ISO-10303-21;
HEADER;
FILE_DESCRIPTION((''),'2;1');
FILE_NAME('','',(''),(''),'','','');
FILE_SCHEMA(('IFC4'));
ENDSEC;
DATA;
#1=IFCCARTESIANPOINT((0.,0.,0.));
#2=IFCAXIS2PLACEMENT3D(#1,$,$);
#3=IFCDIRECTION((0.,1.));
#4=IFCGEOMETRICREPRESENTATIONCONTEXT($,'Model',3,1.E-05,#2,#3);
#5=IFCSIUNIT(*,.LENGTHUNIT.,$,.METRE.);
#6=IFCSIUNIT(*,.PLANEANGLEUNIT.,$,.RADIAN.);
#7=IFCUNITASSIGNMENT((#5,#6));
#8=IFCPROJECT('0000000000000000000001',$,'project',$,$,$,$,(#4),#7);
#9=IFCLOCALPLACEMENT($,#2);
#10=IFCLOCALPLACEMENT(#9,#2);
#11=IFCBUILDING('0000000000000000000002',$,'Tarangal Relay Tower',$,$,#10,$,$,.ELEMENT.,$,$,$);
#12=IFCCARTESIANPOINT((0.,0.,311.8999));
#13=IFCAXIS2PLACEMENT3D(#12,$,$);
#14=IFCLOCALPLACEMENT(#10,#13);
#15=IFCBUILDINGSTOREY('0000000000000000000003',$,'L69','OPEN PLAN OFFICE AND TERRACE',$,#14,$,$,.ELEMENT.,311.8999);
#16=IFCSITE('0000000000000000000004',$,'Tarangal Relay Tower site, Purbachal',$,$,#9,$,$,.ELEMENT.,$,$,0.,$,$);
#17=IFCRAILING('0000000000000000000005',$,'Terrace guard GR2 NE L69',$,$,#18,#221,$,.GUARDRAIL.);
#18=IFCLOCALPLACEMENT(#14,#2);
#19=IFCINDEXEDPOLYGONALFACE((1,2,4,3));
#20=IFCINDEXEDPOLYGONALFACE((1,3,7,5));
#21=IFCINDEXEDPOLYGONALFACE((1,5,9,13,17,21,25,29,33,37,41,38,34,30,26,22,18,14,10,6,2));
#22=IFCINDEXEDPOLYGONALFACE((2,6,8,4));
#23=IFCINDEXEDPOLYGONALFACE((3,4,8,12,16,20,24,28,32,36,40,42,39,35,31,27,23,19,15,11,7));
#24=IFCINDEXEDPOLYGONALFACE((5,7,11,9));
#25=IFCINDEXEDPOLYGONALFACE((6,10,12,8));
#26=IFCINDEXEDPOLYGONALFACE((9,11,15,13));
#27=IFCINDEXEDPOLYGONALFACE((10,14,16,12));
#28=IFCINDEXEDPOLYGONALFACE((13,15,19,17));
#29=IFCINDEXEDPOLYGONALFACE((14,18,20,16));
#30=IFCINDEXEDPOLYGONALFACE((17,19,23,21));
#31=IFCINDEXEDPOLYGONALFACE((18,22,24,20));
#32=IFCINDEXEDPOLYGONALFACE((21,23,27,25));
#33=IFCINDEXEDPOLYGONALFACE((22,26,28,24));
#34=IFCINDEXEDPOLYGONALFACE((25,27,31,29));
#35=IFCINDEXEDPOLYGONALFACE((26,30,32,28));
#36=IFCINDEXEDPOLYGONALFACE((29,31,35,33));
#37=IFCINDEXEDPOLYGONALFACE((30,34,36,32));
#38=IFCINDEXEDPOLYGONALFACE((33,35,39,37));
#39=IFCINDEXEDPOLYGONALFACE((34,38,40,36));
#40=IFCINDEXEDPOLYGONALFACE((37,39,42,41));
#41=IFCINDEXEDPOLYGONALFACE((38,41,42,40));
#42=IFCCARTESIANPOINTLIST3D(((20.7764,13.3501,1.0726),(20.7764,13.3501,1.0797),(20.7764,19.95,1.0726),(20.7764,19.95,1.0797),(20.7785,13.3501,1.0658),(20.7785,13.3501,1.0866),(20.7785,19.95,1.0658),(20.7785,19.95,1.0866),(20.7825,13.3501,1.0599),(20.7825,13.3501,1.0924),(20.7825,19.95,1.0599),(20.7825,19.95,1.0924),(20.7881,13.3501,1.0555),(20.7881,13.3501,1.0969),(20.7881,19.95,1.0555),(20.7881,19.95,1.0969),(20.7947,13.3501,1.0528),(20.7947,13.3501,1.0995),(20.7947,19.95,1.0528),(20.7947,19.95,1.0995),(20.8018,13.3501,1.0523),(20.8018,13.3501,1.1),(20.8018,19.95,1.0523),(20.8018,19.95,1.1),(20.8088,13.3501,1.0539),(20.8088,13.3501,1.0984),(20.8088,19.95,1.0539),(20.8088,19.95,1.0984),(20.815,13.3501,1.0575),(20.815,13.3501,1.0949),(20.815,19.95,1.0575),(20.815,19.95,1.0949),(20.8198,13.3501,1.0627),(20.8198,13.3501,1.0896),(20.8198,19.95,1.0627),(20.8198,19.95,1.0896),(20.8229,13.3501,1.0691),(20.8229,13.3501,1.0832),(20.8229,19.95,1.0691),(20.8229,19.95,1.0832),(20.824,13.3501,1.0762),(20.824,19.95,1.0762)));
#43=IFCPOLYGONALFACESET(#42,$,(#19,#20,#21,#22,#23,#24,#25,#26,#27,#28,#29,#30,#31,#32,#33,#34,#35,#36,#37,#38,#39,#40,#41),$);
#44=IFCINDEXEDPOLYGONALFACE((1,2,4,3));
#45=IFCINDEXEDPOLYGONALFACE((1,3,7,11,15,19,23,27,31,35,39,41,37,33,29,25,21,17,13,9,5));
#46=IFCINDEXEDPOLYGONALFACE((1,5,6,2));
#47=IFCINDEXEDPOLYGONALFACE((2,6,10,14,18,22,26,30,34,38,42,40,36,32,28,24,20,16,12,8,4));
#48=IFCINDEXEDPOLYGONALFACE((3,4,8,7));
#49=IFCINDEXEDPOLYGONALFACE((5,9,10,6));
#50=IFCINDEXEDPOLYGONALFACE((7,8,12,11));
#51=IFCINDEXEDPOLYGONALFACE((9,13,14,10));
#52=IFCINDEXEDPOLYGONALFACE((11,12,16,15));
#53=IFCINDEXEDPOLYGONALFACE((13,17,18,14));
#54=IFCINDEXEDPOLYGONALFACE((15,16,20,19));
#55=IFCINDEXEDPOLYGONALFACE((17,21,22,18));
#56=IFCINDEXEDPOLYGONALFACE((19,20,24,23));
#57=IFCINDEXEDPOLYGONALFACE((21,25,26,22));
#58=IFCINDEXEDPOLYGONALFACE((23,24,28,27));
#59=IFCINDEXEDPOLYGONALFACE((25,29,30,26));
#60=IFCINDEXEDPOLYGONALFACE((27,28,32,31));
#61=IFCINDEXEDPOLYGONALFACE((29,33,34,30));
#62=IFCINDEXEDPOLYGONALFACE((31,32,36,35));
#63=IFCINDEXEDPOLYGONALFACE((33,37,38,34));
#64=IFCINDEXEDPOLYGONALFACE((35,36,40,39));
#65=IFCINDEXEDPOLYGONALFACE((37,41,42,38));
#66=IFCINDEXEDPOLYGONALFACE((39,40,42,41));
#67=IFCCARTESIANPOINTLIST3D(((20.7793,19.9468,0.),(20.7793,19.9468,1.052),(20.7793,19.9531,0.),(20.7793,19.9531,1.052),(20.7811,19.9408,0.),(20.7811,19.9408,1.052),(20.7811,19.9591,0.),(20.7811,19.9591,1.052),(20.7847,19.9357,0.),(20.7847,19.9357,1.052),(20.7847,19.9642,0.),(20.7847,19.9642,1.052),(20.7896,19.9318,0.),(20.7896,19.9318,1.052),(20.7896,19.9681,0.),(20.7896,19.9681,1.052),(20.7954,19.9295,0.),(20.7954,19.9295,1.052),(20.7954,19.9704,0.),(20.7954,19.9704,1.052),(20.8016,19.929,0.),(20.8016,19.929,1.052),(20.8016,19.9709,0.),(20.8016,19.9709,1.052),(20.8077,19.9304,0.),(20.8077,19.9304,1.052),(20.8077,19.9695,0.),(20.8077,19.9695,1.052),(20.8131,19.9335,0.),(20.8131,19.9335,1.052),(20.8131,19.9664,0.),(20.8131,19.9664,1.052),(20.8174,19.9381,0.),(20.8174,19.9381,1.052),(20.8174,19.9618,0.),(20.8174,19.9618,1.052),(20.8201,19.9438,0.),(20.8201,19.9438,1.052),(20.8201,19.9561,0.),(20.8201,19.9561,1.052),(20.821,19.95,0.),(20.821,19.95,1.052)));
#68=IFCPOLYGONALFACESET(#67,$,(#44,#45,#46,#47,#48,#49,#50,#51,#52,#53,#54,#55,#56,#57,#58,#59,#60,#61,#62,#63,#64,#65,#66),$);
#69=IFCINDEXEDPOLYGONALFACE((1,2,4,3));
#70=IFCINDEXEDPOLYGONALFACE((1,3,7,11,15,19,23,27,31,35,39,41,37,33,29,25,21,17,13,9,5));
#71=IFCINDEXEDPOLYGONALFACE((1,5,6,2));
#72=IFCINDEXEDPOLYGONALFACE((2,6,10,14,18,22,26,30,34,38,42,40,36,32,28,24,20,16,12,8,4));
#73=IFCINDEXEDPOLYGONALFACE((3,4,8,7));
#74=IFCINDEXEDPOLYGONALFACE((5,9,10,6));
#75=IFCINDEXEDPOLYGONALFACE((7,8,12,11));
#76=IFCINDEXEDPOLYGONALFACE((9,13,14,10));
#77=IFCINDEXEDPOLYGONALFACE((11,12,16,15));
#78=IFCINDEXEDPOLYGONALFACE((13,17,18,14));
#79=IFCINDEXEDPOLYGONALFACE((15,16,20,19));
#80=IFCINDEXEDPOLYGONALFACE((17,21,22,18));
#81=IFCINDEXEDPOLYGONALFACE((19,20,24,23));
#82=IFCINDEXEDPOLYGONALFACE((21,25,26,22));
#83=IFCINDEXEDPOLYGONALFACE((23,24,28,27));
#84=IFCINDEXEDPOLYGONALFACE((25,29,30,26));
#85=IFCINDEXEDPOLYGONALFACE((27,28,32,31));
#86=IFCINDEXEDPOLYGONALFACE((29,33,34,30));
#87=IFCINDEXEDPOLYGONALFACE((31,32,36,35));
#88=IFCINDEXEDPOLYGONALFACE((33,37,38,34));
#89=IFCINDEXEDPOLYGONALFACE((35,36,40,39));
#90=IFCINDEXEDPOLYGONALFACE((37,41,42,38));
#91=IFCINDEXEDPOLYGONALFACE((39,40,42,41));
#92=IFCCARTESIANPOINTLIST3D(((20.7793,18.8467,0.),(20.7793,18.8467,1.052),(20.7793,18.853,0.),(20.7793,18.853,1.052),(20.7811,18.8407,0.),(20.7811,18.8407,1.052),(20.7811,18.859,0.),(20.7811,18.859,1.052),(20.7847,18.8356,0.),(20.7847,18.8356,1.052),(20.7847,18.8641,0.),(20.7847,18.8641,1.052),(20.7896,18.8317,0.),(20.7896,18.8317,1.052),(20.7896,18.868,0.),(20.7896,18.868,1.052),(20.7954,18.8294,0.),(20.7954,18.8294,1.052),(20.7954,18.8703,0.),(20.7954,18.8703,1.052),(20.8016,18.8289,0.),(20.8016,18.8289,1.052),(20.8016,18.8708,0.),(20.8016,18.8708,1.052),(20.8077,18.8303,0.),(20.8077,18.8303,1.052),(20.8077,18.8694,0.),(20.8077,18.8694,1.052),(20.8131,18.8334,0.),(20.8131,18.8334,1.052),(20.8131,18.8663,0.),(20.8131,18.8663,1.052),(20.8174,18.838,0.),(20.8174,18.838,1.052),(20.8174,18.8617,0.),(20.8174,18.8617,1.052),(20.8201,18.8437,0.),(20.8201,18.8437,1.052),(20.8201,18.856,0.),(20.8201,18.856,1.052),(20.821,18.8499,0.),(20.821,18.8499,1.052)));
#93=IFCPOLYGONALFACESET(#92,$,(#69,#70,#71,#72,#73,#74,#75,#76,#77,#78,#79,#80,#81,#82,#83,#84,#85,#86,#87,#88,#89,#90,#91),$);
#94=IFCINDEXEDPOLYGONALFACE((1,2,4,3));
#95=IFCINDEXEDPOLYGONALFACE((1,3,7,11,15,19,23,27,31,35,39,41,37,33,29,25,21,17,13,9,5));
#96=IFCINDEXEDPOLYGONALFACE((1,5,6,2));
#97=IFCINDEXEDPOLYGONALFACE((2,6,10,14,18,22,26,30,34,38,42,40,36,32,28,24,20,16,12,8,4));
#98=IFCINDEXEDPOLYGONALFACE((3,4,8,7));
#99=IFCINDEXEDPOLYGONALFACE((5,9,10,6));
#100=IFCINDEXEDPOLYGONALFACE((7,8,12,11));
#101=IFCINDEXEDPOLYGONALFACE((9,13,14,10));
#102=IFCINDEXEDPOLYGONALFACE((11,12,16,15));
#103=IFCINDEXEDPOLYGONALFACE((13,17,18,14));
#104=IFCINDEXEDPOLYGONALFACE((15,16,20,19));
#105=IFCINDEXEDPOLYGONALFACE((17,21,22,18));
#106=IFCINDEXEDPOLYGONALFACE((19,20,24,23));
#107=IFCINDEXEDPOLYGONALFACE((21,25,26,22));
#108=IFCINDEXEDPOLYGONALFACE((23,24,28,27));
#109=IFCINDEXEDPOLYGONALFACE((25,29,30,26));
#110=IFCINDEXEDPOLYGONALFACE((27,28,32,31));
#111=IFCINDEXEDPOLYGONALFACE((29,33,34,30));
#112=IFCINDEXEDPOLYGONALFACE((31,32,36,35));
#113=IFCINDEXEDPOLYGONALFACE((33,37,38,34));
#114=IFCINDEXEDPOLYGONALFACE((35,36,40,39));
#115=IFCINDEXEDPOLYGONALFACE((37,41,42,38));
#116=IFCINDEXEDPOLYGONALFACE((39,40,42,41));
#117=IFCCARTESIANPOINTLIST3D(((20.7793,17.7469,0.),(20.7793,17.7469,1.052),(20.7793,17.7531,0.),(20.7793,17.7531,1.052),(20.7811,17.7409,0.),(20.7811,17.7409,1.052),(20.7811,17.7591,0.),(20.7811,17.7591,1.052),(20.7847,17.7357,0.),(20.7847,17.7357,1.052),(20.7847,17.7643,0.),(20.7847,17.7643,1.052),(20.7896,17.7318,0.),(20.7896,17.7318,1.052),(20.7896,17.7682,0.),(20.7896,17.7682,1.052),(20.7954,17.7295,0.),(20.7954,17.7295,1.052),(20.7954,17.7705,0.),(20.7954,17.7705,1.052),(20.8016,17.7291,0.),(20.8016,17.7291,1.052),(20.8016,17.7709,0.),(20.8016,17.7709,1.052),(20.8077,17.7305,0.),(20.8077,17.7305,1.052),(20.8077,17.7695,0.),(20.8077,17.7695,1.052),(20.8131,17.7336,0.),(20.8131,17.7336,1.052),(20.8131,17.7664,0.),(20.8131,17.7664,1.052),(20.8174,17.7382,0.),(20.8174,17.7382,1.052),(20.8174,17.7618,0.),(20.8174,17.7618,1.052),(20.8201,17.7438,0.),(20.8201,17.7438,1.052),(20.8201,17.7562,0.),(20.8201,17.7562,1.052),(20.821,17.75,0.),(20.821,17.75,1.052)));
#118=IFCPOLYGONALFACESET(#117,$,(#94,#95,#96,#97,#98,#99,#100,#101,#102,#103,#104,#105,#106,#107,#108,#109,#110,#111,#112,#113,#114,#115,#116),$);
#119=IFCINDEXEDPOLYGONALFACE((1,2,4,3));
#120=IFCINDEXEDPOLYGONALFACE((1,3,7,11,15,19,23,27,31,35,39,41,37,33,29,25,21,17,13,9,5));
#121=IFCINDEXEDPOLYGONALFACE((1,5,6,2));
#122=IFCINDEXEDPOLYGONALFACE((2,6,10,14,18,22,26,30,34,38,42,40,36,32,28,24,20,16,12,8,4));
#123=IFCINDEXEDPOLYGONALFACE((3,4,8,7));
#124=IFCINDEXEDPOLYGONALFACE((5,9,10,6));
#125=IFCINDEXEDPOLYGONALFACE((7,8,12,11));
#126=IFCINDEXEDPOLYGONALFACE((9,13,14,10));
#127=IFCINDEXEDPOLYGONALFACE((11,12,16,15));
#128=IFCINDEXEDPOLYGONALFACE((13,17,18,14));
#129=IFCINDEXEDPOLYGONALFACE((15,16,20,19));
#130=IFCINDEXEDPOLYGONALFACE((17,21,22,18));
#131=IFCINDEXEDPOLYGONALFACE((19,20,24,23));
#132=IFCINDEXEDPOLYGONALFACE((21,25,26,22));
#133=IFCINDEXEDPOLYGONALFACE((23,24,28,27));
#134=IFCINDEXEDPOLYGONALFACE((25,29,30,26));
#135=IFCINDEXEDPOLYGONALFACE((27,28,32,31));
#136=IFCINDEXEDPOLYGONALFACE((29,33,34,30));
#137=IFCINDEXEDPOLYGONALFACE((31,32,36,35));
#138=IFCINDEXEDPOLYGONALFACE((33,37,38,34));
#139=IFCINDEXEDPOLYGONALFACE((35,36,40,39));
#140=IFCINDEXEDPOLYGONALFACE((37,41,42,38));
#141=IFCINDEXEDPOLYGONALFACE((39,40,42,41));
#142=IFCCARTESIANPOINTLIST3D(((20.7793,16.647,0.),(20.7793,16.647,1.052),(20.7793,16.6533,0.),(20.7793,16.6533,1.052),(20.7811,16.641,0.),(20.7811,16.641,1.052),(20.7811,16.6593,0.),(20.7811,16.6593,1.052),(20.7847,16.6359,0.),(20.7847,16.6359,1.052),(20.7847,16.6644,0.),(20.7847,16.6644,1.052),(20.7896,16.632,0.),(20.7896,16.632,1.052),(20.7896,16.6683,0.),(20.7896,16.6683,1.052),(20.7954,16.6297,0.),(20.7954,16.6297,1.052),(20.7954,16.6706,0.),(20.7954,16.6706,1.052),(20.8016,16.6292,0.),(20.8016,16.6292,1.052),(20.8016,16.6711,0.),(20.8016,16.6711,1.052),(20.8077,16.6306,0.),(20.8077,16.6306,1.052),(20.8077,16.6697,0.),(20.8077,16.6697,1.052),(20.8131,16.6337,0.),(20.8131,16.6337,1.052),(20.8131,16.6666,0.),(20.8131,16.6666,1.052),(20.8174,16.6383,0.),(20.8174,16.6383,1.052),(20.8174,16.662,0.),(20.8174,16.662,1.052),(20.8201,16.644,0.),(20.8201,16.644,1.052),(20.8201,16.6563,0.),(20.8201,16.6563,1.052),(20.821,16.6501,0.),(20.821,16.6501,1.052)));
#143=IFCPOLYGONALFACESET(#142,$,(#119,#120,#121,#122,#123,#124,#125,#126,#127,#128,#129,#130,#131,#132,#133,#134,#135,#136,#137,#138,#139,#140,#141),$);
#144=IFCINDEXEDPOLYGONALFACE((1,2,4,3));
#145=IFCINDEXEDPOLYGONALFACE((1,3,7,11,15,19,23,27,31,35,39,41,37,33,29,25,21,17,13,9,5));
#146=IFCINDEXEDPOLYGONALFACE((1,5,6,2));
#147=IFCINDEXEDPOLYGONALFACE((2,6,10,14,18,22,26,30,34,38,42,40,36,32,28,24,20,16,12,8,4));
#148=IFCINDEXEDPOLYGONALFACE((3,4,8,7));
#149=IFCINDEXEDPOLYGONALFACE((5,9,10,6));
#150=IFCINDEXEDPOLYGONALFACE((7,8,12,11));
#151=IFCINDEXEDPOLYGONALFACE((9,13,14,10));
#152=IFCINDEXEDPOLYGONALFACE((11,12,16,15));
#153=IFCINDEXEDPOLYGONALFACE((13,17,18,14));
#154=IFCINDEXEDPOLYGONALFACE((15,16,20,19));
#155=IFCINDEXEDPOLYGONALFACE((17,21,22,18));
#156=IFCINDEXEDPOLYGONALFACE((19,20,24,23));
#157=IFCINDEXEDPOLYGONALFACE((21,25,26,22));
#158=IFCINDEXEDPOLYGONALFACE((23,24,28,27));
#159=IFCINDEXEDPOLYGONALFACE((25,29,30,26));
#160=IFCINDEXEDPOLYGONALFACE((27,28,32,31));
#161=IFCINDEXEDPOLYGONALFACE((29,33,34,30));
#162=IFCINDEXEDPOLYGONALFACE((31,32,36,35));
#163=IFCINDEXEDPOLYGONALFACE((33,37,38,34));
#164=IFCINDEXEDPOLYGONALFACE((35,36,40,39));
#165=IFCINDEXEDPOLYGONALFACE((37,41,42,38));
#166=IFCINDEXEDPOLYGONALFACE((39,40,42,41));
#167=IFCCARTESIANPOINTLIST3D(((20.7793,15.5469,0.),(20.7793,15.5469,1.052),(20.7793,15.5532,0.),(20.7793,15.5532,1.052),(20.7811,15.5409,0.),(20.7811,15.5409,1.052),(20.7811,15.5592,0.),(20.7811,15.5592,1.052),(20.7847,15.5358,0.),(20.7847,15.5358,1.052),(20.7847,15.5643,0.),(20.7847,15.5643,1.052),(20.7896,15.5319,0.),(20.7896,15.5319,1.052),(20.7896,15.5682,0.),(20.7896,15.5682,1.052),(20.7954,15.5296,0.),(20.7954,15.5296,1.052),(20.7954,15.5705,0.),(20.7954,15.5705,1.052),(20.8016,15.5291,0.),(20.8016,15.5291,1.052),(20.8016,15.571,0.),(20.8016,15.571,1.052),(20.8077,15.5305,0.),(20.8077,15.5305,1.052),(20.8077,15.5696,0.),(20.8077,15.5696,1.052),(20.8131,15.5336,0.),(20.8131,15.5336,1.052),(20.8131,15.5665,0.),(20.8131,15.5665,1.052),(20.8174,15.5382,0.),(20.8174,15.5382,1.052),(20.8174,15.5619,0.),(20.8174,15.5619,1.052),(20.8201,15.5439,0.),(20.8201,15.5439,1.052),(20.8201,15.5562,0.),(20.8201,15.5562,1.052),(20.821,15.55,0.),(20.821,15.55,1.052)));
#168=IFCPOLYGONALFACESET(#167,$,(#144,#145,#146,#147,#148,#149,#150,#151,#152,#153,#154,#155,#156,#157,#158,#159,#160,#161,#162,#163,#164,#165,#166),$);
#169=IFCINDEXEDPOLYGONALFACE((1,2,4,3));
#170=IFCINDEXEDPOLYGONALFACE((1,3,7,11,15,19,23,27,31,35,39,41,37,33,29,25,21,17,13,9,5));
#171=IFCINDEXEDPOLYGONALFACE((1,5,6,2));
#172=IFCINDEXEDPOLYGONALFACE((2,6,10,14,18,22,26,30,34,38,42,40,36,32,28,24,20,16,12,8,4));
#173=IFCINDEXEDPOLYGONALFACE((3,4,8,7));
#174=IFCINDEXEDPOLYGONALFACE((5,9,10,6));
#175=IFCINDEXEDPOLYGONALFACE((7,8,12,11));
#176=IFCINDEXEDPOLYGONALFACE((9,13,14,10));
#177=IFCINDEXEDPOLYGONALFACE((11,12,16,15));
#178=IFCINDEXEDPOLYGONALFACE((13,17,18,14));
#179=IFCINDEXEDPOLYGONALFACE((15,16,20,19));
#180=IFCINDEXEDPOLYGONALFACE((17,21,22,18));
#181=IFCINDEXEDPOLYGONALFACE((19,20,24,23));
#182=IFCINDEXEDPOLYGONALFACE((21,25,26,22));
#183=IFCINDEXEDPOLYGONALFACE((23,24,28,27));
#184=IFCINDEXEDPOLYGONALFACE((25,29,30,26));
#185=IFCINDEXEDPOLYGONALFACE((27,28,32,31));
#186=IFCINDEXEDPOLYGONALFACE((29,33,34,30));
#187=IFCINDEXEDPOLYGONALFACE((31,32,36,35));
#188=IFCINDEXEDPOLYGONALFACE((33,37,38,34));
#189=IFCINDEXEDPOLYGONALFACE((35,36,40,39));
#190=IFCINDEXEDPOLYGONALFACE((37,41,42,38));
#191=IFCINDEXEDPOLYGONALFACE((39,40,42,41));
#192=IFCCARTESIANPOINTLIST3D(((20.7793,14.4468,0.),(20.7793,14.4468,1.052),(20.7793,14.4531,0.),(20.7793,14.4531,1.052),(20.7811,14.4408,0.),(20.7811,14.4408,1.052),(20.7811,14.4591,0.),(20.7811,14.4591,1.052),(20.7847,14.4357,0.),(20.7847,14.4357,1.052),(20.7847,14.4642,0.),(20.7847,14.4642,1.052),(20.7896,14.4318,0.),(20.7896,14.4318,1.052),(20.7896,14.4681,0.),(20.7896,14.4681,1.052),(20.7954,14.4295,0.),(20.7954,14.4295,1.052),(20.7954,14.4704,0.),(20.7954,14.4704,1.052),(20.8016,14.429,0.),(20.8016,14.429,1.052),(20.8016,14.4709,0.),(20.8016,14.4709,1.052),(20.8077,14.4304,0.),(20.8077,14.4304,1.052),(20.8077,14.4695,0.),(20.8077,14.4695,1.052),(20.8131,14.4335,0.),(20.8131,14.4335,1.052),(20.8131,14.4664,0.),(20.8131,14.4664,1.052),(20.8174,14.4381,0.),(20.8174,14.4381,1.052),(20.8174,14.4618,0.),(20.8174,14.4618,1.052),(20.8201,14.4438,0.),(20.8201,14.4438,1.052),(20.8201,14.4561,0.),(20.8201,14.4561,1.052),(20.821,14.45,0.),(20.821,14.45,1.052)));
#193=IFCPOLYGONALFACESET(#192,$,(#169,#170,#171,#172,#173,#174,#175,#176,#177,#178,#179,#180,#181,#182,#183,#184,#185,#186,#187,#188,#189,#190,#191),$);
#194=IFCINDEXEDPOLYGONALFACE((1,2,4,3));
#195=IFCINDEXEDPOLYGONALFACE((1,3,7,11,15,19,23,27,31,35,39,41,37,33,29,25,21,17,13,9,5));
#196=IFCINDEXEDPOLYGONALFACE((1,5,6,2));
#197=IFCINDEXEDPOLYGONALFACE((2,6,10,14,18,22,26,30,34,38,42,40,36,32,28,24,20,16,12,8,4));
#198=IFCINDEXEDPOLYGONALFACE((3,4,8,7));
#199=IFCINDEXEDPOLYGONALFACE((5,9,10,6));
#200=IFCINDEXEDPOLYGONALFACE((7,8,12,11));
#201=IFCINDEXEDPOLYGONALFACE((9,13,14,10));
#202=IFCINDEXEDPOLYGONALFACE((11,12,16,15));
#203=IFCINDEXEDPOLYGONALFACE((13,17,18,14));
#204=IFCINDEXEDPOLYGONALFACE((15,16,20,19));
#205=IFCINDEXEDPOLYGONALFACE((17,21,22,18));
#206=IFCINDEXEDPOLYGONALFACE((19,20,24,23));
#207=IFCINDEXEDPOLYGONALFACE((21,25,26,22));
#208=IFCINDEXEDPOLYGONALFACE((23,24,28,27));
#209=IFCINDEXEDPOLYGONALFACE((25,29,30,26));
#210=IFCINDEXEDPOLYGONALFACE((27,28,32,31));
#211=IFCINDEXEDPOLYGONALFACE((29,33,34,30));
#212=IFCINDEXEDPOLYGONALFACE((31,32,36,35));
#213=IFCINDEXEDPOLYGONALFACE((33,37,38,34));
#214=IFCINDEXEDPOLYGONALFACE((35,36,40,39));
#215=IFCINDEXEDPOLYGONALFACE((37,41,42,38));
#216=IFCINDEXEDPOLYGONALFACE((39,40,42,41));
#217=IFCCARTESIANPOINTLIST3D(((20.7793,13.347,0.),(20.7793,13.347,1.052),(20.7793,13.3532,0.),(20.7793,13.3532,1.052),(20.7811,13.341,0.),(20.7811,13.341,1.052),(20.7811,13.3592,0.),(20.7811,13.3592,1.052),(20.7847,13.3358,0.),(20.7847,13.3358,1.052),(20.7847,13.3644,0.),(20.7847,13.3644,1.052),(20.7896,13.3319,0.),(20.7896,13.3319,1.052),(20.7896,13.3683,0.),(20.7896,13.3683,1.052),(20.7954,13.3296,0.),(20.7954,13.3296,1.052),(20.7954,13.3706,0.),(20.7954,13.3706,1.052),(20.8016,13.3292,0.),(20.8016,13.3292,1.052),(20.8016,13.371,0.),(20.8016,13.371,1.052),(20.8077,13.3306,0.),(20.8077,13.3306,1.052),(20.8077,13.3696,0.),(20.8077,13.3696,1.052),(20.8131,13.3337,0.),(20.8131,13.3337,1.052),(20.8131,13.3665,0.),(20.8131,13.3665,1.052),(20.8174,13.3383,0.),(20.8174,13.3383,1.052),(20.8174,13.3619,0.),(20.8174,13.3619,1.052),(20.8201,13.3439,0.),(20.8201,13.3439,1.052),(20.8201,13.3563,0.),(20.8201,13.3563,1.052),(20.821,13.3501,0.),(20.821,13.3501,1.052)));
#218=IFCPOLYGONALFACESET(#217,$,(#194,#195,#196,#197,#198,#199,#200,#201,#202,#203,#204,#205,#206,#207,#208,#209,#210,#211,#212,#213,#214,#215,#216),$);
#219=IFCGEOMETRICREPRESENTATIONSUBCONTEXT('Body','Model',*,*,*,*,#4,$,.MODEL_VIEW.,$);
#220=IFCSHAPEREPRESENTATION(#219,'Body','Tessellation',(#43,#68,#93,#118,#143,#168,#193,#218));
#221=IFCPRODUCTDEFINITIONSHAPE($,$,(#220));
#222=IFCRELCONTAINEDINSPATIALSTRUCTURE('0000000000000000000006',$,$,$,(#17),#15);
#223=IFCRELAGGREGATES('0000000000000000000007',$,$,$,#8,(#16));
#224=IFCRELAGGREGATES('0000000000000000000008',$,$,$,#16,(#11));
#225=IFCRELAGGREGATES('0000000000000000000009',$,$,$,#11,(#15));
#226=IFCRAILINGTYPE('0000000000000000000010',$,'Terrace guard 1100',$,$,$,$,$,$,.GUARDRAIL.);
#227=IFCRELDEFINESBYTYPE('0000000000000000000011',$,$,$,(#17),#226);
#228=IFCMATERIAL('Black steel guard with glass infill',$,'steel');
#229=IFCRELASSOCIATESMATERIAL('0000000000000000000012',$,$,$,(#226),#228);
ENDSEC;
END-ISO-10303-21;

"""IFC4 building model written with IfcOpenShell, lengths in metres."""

from ifc_helpers import new_model, si_unit, direction, frame, origin, origin_2d, place, context, subcontext, project, spatial, circle, extrude, material, type_object, element, save


model = new_model("IFC4")

# Units and contexts
model_context = context("Model", 3, precision=1e-05, world=origin(), true_north=direction((0.0, 1.0)))
body_context = subcontext(model_context, "Body", "Model", "MODEL_VIEW")
ifc_project = project(units=[si_unit("LENGTHUNIT", "METRE"), si_unit("PLANEANGLEUNIT", "RADIAN")], contexts=[model_context])

# Site, building, storey
site_placement = place(None, origin())
site = spatial("IfcSite", under=ifc_project, at=site_placement, Name="Tarangal Relay Tower site, Purbachal", CompositionType="ELEMENT", RefElevation=0.0)
building_placement = place(site_placement, origin())
building = spatial("IfcBuilding", under=site, at=building_placement, Name="Tarangal Relay Tower", CompositionType="ELEMENT")
storey_placement = place(building_placement, frame((0.0, 0.0, 311.8999)))
storey = spatial("IfcBuildingStorey", under=building, at=storey_placement, Name="L69", Description="OPEN PLAN OFFICE AND TERRACE", CompositionType="ELEMENT", Elevation=311.8999)

# Railing
ifc_material_1 = material(Name="Black steel guard with glass infill", Category="steel")
railing_type = type_object("IfcRailingType", Name="Terrace guard 1100", PredefinedType="GUARDRAIL", material=ifc_material_1)
railing_1_placement = place(storey_placement, frame((20.8, 19.95, 0.0)))
element("IfcRailing", 1, at=railing_1_placement, inside=storey, type_object=railing_type, Name="Terrace guard GR2 NE L69", PredefinedType="GUARDRAIL", context=body_context, shape_type="SweptSolid", body=[
    extrude(circle(Radius=0.0239, at=origin_2d()), frame((0.0, 0.0, 1.0762), z_axis=(0.0, -1.0, 0.0), x_axis=(1.0, 0.0, 0.0)), (0.0, 0.0, 1.0), 6.5999),
    extrude(circle(Radius=0.021, at=origin_2d()), origin(), (0.0, 0.0, 1.0), 1.052),
    extrude(circle(Radius=0.021, at=origin_2d()), frame((0.0, -1.1001, 0.0)), (0.0, 0.0, 1.0), 1.052),
    extrude(circle(Radius=0.021, at=origin_2d()), frame((0.0, -2.2, 0.0)), (0.0, 0.0, 1.0), 1.052),
    extrude(circle(Radius=0.021, at=origin_2d()), frame((0.0, -3.2998, 0.0)), (0.0, 0.0, 1.0), 1.052),
    extrude(circle(Radius=0.021, at=origin_2d()), frame((0.0, -4.3999, 0.0)), (0.0, 0.0, 1.0), 1.052),
    extrude(circle(Radius=0.021, at=origin_2d()), frame((0.0, -5.5, 0.0)), (0.0, 0.0, 1.0), 1.052),
    extrude(circle(Radius=0.021, at=origin_2d()), frame((0.0, -6.5999, 0.0)), (0.0, 0.0, 1.0), 1.052),
])

save(model, "model.ifc")
